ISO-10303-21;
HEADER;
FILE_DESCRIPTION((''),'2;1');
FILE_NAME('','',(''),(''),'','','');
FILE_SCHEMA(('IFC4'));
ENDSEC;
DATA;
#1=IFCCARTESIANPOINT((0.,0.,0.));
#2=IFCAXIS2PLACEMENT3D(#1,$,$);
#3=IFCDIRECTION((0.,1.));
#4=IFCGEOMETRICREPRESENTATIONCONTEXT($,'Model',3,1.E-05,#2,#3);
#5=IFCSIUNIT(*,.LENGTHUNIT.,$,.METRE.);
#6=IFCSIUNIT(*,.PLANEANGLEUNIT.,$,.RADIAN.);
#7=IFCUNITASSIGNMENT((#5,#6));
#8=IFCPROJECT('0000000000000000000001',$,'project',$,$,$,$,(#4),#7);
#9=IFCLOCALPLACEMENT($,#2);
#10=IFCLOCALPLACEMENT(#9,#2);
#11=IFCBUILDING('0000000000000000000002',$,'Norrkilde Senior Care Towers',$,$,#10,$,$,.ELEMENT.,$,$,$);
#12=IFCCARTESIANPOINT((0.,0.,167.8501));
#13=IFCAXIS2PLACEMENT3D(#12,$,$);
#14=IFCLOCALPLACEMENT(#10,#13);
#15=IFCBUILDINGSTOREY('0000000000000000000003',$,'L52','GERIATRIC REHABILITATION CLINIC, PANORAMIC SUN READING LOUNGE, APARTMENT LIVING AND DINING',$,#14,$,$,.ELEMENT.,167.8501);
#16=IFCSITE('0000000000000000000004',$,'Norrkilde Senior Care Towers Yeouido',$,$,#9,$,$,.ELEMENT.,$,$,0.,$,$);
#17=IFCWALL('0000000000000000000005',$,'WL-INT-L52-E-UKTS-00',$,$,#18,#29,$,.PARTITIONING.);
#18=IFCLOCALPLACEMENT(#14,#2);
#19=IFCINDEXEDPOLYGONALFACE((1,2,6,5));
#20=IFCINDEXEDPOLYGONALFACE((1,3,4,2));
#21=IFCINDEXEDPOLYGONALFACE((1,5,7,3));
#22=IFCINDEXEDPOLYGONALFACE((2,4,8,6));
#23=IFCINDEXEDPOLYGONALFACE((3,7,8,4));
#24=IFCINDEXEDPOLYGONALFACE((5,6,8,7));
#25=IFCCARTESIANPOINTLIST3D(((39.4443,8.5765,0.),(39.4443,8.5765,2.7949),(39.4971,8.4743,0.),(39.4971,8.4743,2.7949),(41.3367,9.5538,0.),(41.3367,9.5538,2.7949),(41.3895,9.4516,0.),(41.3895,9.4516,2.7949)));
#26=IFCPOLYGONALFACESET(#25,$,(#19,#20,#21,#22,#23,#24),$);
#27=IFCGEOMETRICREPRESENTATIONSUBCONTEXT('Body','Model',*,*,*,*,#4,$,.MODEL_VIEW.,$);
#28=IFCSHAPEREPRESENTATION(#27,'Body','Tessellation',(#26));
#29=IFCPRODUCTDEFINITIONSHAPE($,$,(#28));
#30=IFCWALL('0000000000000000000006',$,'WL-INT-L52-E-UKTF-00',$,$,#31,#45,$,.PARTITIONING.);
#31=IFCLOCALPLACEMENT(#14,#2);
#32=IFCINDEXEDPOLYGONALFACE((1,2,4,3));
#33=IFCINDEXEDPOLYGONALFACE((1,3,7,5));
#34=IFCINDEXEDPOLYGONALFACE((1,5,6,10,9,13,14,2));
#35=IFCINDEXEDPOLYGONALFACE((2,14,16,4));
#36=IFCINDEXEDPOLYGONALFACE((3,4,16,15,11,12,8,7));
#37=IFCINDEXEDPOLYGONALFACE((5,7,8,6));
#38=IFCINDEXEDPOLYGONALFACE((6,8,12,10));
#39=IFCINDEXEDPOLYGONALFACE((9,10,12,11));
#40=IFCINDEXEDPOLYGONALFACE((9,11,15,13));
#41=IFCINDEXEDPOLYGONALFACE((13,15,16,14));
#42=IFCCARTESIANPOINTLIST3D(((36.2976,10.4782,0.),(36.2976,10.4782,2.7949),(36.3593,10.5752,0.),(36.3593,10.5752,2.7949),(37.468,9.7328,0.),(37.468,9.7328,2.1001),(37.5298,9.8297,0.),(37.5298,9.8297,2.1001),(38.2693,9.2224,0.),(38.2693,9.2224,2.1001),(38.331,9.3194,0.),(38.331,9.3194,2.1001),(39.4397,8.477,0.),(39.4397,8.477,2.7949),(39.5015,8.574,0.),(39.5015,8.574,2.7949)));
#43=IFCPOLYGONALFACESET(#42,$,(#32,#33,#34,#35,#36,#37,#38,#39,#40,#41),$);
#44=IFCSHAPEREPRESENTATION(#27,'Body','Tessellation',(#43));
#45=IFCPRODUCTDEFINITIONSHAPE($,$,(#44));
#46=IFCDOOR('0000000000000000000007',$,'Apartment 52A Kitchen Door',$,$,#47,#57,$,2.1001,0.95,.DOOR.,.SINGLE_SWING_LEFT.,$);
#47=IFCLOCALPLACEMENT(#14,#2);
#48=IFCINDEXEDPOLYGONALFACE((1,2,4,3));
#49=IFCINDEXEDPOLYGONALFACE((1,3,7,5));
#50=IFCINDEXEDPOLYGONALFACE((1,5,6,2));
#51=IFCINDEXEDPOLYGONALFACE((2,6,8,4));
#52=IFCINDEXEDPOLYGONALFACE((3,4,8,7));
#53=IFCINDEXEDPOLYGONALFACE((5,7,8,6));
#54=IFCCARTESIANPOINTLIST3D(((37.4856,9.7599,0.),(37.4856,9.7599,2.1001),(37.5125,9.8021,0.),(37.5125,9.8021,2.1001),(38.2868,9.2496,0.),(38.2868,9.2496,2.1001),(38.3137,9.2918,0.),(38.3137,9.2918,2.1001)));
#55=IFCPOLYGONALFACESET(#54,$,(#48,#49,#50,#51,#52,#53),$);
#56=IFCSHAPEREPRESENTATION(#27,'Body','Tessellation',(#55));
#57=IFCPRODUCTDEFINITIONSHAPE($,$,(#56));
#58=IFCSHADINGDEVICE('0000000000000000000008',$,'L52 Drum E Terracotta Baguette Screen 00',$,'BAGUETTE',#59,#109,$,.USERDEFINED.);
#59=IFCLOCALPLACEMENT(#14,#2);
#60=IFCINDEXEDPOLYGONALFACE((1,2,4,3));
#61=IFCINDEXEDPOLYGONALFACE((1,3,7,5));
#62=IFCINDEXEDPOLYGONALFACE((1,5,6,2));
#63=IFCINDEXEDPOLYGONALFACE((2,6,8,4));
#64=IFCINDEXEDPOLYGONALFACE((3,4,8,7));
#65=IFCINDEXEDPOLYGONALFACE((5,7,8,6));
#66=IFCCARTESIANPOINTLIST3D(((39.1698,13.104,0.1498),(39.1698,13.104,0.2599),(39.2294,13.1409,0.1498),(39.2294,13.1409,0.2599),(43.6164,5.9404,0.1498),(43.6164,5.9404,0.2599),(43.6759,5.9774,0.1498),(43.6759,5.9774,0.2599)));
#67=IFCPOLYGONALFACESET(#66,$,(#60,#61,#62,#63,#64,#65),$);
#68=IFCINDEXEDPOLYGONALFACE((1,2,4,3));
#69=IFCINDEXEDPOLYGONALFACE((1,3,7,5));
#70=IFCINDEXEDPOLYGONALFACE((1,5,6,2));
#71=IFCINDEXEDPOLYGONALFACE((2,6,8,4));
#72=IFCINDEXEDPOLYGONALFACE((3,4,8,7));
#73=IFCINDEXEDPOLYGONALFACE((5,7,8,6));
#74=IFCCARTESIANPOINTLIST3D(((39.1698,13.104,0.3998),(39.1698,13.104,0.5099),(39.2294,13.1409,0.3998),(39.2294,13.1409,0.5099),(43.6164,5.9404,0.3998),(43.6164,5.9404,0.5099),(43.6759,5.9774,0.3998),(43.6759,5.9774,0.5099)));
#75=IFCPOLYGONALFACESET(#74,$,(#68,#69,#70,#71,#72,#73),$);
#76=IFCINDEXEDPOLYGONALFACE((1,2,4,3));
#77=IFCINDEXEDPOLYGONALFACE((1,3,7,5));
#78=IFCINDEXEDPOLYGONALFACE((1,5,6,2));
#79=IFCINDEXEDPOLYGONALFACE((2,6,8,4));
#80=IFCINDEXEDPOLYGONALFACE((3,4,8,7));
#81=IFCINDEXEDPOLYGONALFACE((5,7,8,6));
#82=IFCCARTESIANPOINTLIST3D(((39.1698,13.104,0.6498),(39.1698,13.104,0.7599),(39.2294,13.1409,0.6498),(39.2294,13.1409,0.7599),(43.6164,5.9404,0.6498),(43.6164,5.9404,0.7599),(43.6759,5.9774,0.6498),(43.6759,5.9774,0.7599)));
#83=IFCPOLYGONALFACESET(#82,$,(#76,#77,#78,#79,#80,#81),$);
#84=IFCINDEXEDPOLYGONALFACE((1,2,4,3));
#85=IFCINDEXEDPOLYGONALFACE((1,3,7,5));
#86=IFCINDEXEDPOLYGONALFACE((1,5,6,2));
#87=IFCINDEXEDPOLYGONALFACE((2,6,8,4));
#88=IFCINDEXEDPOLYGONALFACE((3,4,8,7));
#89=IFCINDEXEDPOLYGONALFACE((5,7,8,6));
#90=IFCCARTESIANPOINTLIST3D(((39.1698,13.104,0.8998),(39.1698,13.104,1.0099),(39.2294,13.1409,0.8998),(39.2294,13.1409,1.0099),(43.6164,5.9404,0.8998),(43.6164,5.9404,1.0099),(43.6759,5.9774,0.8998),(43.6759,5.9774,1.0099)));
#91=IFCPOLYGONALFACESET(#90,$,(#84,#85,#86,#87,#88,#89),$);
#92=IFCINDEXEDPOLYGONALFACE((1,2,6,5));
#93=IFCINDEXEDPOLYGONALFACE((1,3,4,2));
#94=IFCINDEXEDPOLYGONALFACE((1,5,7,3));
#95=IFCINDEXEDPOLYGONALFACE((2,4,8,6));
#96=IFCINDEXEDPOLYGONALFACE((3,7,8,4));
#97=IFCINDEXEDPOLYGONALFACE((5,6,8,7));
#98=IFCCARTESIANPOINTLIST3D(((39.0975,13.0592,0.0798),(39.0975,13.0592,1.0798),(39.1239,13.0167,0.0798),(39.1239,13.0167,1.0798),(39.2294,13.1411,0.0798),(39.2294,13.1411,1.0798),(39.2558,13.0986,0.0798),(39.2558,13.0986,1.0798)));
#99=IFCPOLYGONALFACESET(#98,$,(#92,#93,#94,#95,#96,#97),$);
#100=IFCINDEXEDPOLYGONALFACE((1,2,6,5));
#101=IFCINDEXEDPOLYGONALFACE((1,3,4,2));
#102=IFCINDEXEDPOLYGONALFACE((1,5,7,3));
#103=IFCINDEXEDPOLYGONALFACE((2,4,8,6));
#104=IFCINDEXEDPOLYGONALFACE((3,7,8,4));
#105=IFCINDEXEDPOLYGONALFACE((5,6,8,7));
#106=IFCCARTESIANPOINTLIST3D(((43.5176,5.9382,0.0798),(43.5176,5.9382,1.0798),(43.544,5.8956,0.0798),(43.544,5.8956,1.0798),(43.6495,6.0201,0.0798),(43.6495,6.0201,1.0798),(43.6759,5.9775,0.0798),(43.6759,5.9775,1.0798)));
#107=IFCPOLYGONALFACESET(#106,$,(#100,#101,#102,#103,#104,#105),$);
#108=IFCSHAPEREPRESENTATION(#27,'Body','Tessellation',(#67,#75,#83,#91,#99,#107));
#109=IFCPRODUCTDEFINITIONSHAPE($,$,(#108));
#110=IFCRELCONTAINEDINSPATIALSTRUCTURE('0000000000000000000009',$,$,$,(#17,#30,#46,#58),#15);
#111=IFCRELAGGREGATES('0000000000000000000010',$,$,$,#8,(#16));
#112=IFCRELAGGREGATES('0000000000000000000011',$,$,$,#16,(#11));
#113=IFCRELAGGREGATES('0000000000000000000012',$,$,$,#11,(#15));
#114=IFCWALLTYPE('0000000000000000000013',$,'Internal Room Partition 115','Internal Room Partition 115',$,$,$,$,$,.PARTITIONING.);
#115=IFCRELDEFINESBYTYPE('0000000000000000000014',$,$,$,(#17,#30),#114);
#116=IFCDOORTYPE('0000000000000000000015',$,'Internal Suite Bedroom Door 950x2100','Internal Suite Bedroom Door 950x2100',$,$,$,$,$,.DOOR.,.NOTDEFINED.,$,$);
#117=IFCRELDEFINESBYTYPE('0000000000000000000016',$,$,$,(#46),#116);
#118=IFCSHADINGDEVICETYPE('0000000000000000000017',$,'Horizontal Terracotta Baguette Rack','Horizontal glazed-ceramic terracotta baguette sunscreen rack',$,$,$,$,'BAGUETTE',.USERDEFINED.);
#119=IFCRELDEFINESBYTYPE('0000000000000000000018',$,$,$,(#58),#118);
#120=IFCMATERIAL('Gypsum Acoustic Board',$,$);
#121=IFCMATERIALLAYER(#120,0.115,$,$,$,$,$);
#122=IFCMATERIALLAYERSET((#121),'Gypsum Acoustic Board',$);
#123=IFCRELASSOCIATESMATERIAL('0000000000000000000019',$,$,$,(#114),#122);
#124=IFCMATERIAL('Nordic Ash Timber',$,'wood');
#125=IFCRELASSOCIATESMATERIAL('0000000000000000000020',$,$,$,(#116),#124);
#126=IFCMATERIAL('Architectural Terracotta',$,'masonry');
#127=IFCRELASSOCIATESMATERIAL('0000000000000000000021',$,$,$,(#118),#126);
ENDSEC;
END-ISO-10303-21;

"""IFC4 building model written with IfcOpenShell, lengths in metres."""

from ifc_helpers import new_model, si_unit, direction, frame, frame_2d, origin, origin_2d, place, context, subcontext, project, spatial, rectangle, extrude, source, transform, mapped, material, layer, layer_set, type_object, type_shapes, element, fill, save


model = new_model("IFC4")

# Units and contexts
model_context = context("Model", 3, precision=1e-05, world=origin(), true_north=direction((0.0, 1.0)))
body_context = subcontext(model_context, "Body", "Model", "MODEL_VIEW")
ifc_project = project(units=[si_unit("LENGTHUNIT", "METRE"), si_unit("PLANEANGLEUNIT", "RADIAN")], contexts=[model_context])

# Site, building, storey
site_placement = place(None, origin())
site = spatial("IfcSite", under=ifc_project, at=site_placement, Name="Norrkilde Senior Care Towers Yeouido", CompositionType="ELEMENT", RefElevation=0.0)
building_placement = place(site_placement, origin())
building = spatial("IfcBuilding", under=site, at=building_placement, Name="Norrkilde Senior Care Towers", CompositionType="ELEMENT")
storey_placement = place(building_placement, frame((0.0, 0.0, 167.8501)))
storey = spatial("IfcBuildingStorey", under=building, at=storey_placement, Name="L52", Description="GERIATRIC REHABILITATION CLINIC, PANORAMIC SUN READING LOUNGE, APARTMENT LIVING AND DINING", CompositionType="ELEMENT", Elevation=167.8501)

# Shared definitions
ifc_material_1 = material(Name="Gypsum Acoustic Board")
ifc_layer_1 = layer(ifc_material_1, 0.115)
ifc_layer_set_1 = layer_set([ifc_layer_1], Name="Gypsum Acoustic Board")
wall_type_1 = type_object("IfcWallType", Name="Internal Room Partition 115", Description="Internal Room Partition 115", PredefinedType="PARTITIONING", material=ifc_layer_set_1)
ifc_material_2 = material(Name="Nordic Ash Timber", Category="wood")
door_type_1 = type_object("IfcDoorType", Name="Internal Suite Bedroom Door 950x2100", Description="Internal Suite Bedroom Door 950x2100", OperationType="NOTDEFINED", PredefinedType="DOOR", material=ifc_material_2)
shared_shape_1 = source(origin(), body_context, "Body", "SweptSolid", [
    extrude(rectangle(XDim=0.95, YDim=2.1001, at=frame_2d((0.4751, 1.05))), frame((0.0, 0.0249, 0.0), z_axis=(0.0, -1.0, 0.0), x_axis=(1.0, 0.0, 0.0)), (0.0, 0.0, 1.0), 0.05),
])
type_shapes(door_type_1, [shared_shape_1])

# Wall
shared_shape_2 = source(origin(), body_context, "Body", "SweptSolid", [
    extrude(rectangle(XDim=2.1299, YDim=0.115, at=frame_2d((1.0649, 0.0))), origin(), (0.0, 0.0, 1.0), 2.7949),
])
wall_1_placement = place(storey_placement, frame((39.4707, 8.5254, 0.0), z_axis=(0.0, 0.0, 1.0), x_axis=(0.888505, 0.458868, 0.0)))
element("IfcWall", 1, at=wall_1_placement, inside=storey, type_object=wall_type_1, Name="WL-INT-L52-E-UKTS-00", PredefinedType="PARTITIONING", context=body_context, shape_type="MappedRepresentation", body=[
    mapped(shared_shape_2, transform((0.0, 0.0, 0.0), x_axis=(1.0, 0.0, 0.0), y_axis=(0.0, 1.0, 0.0), z_axis=(0.0, 0.0, 1.0), scale=1.0)),
])

# Wall, opening, door
shared_shape_3 = source(origin(), body_context, "Body", "SweptSolid", [
    extrude(rectangle(XDim=3.7253, YDim=0.115, at=frame_2d((1.8628, 0.0))), origin(), (0.0, 0.0, 1.0), 2.7949),
])
wall_2_placement = place(storey_placement, frame((39.4707, 8.5254, 0.0), z_axis=(0.0, 0.0, 1.0), x_axis=(-0.843454, 0.537202, 0.0)))
wall_2 = element("IfcWall", 2, at=wall_2_placement, inside=storey, type_object=wall_type_1, Name="WL-INT-L52-E-UKTF-00", PredefinedType="PARTITIONING", context=body_context, shape_type="MappedRepresentation", body=[
    mapped(shared_shape_3, transform((0.0, 0.0, 0.0), x_axis=(1.0, 0.0, 0.0), y_axis=(0.0, 1.0, 0.0), z_axis=(0.0, 0.0, 1.0), scale=1.0)),
])
opening_1_placement = place(wall_2_placement, frame((1.3877, 0.0, 0.0)))
opening_1 = element("IfcOpeningElement", 3, at=opening_1_placement, cuts=wall_2, PredefinedType="OPENING", context=body_context, shape_type="SweptSolid", body=[
    extrude(rectangle(XDim=0.95, YDim=2.1001, at=frame_2d((0.4751, 1.05))), frame((0.0, 0.0674, 0.0), z_axis=(0.0, -1.0, 0.0), x_axis=(1.0, 0.0, 0.0)), (0.0, 0.0, 1.0), 0.135),
])
door_1_placement = place(opening_1_placement, frame((0.95, 0.0, 0.0), z_axis=(0.0, 0.0, 1.0), x_axis=(-1.0, 0.0, 0.0)))
door_1 = element("IfcDoor", 4, at=door_1_placement, inside=storey, type_object=door_type_1, Name="Apartment 52A Kitchen Door", OperationType="SINGLE_SWING_LEFT", OverallHeight=2.1001, OverallWidth=0.95, PredefinedType="DOOR", context=body_context, shape_type="MappedRepresentation", body=[
    mapped(shared_shape_1, transform((0.0, 0.0, 0.0), x_axis=(1.0, 0.0, 0.0), y_axis=(0.0, 1.0, 0.0), z_axis=(0.0, 0.0, 1.0), scale=1.0)),
])
fill(opening_1, door_1)

# Shading device
ifc_material_3 = material(Name="Architectural Terracotta", Category="masonry")
shading_device_type = type_object("IfcShadingDeviceType", Name="Horizontal Terracotta Baguette Rack", Description="Horizontal glazed-ceramic terracotta baguette sunscreen rack", ElementType="BAGUETTE", PredefinedType="USERDEFINED", material=ifc_material_3)
shared_shape_4 = source(origin(), body_context, "Body", "SweptSolid", [
    extrude(rectangle(XDim=0.0701, YDim=0.1101, at=origin_2d()), frame((0.0, 0.0901, 0.125), z_axis=(1.0, 0.0, 0.0), x_axis=(0.0, 1.0, 0.0)), (0.0, 0.0, 1.0), 8.4314),
    extrude(rectangle(XDim=0.0701, YDim=0.1101, at=origin_2d()), frame((0.0, 0.0901, 0.375), z_axis=(1.0, 0.0, 0.0), x_axis=(0.0, 1.0, 0.0)), (0.0, 0.0, 1.0), 8.4314),
    extrude(rectangle(XDim=0.0701, YDim=0.1101, at=origin_2d()), frame((0.0, 0.0901, 0.625), z_axis=(1.0, 0.0, 0.0), x_axis=(0.0, 1.0, 0.0)), (0.0, 0.0, 1.0), 8.4314),
    extrude(rectangle(XDim=0.0701, YDim=0.1101, at=origin_2d()), frame((0.0, 0.0901, 0.875), z_axis=(1.0, 0.0, 0.0), x_axis=(0.0, 1.0, 0.0)), (0.0, 0.0, 1.0), 8.4314),
    extrude(rectangle(XDim=0.05, YDim=0.1553, at=origin_2d()), frame((0.0249, 0.0476, 0.0)), (0.0, 0.0, 1.0), 1.0),
    extrude(rectangle(XDim=0.05, YDim=0.1553, at=origin_2d()), frame((8.4062, 0.0476, 0.0)), (0.0, 0.0, 1.0), 1.0),
])
type_shapes(shading_device_type, [shared_shape_4])
shading_device_placement = place(storey_placement, frame((39.123, 13.075, 0.0798), z_axis=(0.0, 0.0, 1.0), x_axis=(0.527378, -0.849631, 0.0)))
element("IfcShadingDevice", 5, at=shading_device_placement, inside=storey, type_object=shading_device_type, Name="L52 Drum E Terracotta Baguette Screen 00", ObjectType="BAGUETTE", PredefinedType="USERDEFINED", context=body_context, shape_type="MappedRepresentation", body=[
    mapped(shared_shape_4, transform((0.0, 0.0, 0.0), x_axis=(1.0, 0.0, 0.0), y_axis=(0.0, 1.0, 0.0), z_axis=(0.0, 0.0, 1.0), scale=1.0)),
])

save(model, "model.ifc")
